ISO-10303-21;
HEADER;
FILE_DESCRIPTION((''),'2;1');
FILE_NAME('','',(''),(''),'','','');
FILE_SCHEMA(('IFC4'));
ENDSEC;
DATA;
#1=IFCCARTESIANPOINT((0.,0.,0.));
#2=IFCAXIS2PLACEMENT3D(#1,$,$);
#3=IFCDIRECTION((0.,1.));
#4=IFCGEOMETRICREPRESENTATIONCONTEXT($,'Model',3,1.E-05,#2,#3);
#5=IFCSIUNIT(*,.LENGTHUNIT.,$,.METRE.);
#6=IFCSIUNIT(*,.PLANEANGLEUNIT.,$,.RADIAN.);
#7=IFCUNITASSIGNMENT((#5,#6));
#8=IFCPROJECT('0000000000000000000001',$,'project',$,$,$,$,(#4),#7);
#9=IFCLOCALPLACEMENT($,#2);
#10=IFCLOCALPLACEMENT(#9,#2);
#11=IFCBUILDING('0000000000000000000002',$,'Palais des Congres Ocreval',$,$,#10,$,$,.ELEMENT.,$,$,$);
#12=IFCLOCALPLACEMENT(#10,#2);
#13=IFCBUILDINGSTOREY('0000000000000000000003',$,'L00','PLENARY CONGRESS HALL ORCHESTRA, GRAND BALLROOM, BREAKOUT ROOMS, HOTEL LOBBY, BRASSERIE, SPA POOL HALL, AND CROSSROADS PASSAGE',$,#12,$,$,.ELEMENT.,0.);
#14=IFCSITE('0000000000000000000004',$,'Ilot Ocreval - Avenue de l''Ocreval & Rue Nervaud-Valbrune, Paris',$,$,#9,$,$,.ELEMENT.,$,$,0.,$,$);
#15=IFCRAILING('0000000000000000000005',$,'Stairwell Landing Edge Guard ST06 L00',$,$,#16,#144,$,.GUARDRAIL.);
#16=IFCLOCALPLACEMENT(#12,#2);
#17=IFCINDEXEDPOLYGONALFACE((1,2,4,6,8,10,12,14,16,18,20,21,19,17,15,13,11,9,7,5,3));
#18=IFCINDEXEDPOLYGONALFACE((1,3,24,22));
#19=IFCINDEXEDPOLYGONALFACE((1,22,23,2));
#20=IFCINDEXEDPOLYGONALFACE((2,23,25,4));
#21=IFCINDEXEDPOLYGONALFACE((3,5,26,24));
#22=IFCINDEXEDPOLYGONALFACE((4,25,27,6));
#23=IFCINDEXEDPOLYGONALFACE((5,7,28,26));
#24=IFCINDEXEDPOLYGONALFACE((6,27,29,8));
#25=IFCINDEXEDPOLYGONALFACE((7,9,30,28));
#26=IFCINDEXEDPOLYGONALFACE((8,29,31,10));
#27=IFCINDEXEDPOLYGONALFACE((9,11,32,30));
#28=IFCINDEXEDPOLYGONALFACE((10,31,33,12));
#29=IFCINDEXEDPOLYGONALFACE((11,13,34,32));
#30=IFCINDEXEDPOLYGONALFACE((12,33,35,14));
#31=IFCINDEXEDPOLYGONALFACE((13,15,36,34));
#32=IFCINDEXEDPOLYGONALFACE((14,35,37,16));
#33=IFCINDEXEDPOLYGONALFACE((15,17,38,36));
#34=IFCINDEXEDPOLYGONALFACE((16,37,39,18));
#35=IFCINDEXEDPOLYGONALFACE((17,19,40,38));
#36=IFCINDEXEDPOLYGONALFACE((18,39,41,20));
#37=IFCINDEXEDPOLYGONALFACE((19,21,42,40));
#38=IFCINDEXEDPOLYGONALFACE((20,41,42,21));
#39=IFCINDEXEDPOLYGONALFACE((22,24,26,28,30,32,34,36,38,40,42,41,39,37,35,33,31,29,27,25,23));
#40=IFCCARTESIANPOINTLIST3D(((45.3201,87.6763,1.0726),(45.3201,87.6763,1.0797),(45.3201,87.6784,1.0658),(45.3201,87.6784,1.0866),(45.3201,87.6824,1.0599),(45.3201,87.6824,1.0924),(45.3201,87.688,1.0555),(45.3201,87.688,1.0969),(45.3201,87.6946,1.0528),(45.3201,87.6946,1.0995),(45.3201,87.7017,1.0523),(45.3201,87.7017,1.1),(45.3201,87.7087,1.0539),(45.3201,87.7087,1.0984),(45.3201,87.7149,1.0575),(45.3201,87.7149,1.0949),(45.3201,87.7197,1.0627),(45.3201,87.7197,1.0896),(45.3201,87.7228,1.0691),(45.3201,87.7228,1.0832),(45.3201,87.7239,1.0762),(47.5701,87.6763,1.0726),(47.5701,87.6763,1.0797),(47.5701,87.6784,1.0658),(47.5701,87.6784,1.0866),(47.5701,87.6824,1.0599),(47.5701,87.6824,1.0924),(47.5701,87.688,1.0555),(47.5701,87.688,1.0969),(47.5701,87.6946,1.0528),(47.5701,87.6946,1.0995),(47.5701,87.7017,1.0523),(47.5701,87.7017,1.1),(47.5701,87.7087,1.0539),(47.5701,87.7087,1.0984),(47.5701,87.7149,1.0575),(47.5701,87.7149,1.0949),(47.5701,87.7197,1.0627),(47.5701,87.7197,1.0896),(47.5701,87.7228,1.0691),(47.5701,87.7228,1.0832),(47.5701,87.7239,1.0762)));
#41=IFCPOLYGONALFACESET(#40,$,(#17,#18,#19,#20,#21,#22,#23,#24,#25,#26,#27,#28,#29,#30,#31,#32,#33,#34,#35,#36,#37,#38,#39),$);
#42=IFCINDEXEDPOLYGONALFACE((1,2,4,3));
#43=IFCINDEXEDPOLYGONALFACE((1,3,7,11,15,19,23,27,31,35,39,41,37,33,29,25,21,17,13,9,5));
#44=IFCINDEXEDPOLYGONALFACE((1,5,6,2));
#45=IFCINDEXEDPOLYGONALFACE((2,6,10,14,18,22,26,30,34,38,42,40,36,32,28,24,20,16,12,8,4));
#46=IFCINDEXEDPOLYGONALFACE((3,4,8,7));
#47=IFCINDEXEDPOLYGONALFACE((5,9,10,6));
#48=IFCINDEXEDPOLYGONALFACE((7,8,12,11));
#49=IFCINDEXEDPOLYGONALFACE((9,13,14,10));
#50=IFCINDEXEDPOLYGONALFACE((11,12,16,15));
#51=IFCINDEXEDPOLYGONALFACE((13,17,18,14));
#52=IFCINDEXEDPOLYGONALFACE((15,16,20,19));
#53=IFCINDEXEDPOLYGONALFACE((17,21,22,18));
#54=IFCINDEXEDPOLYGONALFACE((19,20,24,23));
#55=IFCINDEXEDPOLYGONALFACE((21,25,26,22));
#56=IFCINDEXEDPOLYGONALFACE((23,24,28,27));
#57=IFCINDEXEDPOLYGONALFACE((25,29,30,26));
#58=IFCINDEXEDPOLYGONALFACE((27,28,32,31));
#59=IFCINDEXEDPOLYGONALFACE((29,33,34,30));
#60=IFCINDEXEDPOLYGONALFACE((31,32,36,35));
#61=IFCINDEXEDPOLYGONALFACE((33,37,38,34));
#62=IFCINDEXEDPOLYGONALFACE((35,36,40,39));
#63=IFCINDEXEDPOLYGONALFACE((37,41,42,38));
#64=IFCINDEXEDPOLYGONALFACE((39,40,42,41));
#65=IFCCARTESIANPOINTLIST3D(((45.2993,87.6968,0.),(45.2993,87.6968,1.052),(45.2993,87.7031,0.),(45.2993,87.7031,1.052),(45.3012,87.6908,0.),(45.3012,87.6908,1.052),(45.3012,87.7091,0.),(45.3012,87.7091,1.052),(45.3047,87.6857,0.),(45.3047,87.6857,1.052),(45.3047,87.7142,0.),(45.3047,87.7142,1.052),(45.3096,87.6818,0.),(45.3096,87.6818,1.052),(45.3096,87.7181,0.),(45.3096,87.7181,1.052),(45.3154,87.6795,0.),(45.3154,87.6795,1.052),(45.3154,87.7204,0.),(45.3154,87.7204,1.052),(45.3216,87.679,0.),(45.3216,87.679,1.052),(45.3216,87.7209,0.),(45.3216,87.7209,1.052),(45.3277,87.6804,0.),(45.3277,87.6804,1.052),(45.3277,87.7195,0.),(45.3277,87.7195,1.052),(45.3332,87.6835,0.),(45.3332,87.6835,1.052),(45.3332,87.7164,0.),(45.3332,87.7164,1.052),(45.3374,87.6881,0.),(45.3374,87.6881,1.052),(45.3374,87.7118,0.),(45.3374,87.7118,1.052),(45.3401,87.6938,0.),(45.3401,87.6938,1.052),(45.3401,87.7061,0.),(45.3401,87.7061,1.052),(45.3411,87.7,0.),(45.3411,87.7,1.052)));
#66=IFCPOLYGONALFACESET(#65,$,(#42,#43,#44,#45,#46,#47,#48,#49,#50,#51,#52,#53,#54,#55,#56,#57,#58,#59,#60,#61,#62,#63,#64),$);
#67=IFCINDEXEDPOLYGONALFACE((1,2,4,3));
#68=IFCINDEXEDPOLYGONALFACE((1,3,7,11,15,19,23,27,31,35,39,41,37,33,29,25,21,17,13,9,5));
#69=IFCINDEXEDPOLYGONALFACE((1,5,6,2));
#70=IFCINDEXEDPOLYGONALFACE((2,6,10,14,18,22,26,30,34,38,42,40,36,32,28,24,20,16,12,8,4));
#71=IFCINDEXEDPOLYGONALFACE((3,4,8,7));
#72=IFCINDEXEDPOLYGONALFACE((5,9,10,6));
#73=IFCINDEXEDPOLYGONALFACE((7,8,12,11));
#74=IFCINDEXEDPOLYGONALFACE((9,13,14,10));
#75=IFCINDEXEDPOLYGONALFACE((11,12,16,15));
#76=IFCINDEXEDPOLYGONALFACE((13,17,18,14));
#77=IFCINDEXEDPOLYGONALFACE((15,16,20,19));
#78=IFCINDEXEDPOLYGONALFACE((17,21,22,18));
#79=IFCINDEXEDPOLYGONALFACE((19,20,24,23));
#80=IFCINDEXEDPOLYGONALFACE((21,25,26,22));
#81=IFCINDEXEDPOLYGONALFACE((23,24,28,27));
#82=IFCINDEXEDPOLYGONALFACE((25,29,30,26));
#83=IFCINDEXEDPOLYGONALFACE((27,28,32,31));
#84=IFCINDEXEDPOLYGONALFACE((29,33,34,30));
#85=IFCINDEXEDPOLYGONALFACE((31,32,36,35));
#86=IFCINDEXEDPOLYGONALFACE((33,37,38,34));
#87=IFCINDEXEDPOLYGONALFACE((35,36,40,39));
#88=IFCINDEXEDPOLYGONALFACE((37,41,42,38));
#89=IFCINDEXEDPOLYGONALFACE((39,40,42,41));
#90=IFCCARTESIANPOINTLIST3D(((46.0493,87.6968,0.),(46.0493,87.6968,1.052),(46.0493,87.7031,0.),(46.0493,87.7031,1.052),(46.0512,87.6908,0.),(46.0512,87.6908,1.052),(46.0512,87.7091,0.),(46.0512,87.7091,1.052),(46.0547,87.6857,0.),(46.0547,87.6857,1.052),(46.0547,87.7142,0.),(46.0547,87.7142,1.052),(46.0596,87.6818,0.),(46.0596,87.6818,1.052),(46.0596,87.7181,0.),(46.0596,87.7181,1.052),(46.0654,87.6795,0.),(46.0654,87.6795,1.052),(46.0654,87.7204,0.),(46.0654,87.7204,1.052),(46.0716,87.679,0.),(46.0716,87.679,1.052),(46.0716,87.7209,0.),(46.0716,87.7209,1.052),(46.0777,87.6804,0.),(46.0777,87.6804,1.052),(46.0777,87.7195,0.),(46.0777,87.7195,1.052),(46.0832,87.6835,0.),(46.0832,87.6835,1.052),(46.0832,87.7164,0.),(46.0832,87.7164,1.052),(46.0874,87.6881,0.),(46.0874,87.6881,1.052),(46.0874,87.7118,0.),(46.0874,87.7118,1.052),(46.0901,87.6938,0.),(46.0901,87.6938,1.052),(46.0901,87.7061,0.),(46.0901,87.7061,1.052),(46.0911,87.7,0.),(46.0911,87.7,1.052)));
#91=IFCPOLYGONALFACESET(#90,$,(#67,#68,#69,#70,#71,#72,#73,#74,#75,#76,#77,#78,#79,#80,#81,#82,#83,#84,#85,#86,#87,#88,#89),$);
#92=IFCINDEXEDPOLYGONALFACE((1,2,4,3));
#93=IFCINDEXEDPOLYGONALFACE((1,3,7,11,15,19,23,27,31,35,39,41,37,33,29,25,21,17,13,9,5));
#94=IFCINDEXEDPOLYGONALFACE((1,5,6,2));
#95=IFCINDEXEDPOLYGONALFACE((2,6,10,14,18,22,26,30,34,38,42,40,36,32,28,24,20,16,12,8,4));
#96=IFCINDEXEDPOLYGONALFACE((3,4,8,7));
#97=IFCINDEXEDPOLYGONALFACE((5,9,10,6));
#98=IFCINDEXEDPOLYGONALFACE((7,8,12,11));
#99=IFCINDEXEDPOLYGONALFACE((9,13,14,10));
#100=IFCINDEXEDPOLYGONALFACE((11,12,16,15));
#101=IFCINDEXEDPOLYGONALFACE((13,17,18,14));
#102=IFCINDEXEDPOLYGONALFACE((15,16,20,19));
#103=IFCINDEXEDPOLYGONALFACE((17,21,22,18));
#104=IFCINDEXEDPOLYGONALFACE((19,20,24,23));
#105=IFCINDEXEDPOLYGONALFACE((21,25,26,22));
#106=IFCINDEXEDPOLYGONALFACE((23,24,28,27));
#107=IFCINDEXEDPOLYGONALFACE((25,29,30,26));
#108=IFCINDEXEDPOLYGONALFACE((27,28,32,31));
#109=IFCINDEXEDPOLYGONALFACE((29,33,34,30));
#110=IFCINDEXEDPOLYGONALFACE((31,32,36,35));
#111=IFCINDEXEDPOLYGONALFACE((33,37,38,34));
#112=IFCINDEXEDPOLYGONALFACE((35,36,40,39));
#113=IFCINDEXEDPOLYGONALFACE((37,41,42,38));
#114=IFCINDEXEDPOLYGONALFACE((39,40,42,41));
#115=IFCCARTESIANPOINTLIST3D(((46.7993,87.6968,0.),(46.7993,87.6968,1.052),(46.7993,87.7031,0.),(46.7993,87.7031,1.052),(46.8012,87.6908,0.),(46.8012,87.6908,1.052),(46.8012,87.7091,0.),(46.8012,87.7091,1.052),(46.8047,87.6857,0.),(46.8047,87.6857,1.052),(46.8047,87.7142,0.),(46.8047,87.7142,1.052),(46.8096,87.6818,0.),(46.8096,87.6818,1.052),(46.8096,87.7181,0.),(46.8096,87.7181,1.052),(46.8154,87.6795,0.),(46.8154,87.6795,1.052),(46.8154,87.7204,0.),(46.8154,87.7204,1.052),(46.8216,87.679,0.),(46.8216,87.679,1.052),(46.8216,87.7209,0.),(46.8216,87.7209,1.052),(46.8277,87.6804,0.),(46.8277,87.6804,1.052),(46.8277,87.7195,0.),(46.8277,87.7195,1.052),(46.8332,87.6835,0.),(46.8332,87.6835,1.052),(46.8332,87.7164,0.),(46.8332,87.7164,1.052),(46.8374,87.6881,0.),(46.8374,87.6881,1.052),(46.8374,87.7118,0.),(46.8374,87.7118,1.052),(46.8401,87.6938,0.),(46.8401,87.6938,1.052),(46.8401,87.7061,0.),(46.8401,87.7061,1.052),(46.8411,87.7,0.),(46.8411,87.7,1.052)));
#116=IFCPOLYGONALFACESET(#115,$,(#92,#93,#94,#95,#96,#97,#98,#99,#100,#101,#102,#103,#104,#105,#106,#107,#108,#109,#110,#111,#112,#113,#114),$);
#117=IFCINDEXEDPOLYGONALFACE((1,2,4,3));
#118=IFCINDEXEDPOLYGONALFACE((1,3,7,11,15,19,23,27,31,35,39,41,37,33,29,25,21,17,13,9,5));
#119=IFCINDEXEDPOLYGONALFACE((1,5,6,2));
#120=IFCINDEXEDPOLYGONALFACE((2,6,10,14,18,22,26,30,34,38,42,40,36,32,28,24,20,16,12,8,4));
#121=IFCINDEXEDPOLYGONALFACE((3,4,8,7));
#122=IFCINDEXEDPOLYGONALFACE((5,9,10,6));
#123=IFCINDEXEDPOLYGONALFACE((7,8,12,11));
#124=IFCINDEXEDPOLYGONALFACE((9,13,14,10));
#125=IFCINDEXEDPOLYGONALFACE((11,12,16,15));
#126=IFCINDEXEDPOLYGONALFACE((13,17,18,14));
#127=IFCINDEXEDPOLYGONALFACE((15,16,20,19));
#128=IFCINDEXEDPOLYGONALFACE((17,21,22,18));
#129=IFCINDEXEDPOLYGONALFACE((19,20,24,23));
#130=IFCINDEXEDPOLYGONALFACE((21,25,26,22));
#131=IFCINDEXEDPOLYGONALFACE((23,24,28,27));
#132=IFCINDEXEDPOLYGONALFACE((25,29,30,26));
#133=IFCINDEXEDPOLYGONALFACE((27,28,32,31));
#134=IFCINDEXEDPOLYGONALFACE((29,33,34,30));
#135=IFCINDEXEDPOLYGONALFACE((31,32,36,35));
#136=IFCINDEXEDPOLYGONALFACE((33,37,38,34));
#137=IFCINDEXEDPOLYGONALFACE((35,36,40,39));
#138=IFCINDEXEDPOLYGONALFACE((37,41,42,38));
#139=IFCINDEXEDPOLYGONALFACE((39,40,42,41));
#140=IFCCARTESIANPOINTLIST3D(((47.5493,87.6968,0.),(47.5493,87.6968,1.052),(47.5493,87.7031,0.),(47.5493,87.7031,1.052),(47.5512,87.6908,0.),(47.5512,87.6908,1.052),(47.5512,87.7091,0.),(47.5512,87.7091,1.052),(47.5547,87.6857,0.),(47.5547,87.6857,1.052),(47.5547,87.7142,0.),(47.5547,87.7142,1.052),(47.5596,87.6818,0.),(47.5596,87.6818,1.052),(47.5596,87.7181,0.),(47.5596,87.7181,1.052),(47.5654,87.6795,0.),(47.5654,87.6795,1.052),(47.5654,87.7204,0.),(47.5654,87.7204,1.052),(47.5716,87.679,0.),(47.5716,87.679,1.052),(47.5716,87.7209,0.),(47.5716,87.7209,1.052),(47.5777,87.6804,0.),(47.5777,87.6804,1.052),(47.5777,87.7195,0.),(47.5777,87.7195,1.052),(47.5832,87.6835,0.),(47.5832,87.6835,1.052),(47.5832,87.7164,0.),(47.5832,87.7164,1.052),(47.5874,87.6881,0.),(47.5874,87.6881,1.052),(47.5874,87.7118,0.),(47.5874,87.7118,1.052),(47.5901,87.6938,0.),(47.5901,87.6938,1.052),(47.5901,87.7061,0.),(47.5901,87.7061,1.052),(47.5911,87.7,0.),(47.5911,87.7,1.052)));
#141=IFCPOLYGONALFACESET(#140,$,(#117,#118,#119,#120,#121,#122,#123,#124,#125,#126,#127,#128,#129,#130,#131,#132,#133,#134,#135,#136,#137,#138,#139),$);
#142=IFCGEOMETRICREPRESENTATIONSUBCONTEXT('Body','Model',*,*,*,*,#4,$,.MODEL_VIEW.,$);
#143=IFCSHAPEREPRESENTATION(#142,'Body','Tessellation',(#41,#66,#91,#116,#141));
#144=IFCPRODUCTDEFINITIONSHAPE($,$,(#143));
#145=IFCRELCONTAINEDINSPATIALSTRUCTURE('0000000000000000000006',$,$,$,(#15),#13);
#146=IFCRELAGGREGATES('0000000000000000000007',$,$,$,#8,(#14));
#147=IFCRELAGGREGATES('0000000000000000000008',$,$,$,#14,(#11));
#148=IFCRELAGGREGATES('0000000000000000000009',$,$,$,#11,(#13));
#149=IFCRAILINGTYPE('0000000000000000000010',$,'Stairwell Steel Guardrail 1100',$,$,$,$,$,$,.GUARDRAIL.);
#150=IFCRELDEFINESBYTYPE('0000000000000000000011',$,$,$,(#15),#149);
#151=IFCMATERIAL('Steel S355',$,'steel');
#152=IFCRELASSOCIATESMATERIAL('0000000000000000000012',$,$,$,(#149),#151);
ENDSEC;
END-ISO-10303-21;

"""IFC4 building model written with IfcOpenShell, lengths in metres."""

from ifc_helpers import new_model, si_unit, direction, frame, origin, origin_2d, place, context, subcontext, project, spatial, circle, extrude, material, type_object, element, save


model = new_model("IFC4")

# Units and contexts
model_context = context("Model", 3, precision=1e-05, world=origin(), true_north=direction((0.0, 1.0)))
body_context = subcontext(model_context, "Body", "Model", "MODEL_VIEW")
ifc_project = project(units=[si_unit("LENGTHUNIT", "METRE"), si_unit("PLANEANGLEUNIT", "RADIAN")], contexts=[model_context])

# Site, building, storey
site_placement = place(None, origin())
site = spatial("IfcSite", under=ifc_project, at=site_placement, Name="Ilot Ocreval - Avenue de l'Ocreval & Rue Nervaud-Valbrune, Paris", CompositionType="ELEMENT", RefElevation=0.0)
building_placement = place(site_placement, origin())
building = spatial("IfcBuilding", under=site, at=building_placement, Name="Palais des Congres Ocreval", CompositionType="ELEMENT")
storey_placement = place(building_placement, origin())
storey = spatial("IfcBuildingStorey", under=building, at=storey_placement, Name="L00", Description="PLENARY CONGRESS HALL ORCHESTRA, GRAND BALLROOM, BREAKOUT ROOMS, HOTEL LOBBY, BRASSERIE, SPA POOL HALL, AND CROSSROADS PASSAGE", CompositionType="ELEMENT", Elevation=0.0)

# Shared definitions
ifc_material_1 = material(Name="Steel S355", Category="steel")

# Railing
railing_type = type_object("IfcRailingType", Name="Stairwell Steel Guardrail 1100", PredefinedType="GUARDRAIL", material=ifc_material_1)
railing_1_placement = place(storey_placement, frame((45.3201, 87.7, 0.0)))
element("IfcRailing", 1, at=railing_1_placement, inside=storey, type_object=railing_type, Name="Stairwell Landing Edge Guard ST06 L00", PredefinedType="GUARDRAIL", context=body_context, shape_type="SweptSolid", body=[
    extrude(circle(Radius=0.0239, at=origin_2d()), frame((0.0, 0.0, 1.0762), z_axis=(1.0, 0.0, 0.0), x_axis=(0.0, 1.0, 0.0)), (0.0, 0.0, 1.0), 2.25),
    extrude(circle(Radius=0.021, at=origin_2d()), origin(), (0.0, 0.0, 1.0), 1.052),
    extrude(circle(Radius=0.021, at=origin_2d()), frame((0.75, 0.0, 0.0)), (0.0, 0.0, 1.0), 1.052),
    extrude(circle(Radius=0.021, at=origin_2d()), frame((1.5, 0.0, 0.0)), (0.0, 0.0, 1.0), 1.052),
    extrude(circle(Radius=0.021, at=origin_2d()), frame((2.25, 0.0, 0.0)), (0.0, 0.0, 1.0), 1.052),
])

save(model, "model.ifc")
